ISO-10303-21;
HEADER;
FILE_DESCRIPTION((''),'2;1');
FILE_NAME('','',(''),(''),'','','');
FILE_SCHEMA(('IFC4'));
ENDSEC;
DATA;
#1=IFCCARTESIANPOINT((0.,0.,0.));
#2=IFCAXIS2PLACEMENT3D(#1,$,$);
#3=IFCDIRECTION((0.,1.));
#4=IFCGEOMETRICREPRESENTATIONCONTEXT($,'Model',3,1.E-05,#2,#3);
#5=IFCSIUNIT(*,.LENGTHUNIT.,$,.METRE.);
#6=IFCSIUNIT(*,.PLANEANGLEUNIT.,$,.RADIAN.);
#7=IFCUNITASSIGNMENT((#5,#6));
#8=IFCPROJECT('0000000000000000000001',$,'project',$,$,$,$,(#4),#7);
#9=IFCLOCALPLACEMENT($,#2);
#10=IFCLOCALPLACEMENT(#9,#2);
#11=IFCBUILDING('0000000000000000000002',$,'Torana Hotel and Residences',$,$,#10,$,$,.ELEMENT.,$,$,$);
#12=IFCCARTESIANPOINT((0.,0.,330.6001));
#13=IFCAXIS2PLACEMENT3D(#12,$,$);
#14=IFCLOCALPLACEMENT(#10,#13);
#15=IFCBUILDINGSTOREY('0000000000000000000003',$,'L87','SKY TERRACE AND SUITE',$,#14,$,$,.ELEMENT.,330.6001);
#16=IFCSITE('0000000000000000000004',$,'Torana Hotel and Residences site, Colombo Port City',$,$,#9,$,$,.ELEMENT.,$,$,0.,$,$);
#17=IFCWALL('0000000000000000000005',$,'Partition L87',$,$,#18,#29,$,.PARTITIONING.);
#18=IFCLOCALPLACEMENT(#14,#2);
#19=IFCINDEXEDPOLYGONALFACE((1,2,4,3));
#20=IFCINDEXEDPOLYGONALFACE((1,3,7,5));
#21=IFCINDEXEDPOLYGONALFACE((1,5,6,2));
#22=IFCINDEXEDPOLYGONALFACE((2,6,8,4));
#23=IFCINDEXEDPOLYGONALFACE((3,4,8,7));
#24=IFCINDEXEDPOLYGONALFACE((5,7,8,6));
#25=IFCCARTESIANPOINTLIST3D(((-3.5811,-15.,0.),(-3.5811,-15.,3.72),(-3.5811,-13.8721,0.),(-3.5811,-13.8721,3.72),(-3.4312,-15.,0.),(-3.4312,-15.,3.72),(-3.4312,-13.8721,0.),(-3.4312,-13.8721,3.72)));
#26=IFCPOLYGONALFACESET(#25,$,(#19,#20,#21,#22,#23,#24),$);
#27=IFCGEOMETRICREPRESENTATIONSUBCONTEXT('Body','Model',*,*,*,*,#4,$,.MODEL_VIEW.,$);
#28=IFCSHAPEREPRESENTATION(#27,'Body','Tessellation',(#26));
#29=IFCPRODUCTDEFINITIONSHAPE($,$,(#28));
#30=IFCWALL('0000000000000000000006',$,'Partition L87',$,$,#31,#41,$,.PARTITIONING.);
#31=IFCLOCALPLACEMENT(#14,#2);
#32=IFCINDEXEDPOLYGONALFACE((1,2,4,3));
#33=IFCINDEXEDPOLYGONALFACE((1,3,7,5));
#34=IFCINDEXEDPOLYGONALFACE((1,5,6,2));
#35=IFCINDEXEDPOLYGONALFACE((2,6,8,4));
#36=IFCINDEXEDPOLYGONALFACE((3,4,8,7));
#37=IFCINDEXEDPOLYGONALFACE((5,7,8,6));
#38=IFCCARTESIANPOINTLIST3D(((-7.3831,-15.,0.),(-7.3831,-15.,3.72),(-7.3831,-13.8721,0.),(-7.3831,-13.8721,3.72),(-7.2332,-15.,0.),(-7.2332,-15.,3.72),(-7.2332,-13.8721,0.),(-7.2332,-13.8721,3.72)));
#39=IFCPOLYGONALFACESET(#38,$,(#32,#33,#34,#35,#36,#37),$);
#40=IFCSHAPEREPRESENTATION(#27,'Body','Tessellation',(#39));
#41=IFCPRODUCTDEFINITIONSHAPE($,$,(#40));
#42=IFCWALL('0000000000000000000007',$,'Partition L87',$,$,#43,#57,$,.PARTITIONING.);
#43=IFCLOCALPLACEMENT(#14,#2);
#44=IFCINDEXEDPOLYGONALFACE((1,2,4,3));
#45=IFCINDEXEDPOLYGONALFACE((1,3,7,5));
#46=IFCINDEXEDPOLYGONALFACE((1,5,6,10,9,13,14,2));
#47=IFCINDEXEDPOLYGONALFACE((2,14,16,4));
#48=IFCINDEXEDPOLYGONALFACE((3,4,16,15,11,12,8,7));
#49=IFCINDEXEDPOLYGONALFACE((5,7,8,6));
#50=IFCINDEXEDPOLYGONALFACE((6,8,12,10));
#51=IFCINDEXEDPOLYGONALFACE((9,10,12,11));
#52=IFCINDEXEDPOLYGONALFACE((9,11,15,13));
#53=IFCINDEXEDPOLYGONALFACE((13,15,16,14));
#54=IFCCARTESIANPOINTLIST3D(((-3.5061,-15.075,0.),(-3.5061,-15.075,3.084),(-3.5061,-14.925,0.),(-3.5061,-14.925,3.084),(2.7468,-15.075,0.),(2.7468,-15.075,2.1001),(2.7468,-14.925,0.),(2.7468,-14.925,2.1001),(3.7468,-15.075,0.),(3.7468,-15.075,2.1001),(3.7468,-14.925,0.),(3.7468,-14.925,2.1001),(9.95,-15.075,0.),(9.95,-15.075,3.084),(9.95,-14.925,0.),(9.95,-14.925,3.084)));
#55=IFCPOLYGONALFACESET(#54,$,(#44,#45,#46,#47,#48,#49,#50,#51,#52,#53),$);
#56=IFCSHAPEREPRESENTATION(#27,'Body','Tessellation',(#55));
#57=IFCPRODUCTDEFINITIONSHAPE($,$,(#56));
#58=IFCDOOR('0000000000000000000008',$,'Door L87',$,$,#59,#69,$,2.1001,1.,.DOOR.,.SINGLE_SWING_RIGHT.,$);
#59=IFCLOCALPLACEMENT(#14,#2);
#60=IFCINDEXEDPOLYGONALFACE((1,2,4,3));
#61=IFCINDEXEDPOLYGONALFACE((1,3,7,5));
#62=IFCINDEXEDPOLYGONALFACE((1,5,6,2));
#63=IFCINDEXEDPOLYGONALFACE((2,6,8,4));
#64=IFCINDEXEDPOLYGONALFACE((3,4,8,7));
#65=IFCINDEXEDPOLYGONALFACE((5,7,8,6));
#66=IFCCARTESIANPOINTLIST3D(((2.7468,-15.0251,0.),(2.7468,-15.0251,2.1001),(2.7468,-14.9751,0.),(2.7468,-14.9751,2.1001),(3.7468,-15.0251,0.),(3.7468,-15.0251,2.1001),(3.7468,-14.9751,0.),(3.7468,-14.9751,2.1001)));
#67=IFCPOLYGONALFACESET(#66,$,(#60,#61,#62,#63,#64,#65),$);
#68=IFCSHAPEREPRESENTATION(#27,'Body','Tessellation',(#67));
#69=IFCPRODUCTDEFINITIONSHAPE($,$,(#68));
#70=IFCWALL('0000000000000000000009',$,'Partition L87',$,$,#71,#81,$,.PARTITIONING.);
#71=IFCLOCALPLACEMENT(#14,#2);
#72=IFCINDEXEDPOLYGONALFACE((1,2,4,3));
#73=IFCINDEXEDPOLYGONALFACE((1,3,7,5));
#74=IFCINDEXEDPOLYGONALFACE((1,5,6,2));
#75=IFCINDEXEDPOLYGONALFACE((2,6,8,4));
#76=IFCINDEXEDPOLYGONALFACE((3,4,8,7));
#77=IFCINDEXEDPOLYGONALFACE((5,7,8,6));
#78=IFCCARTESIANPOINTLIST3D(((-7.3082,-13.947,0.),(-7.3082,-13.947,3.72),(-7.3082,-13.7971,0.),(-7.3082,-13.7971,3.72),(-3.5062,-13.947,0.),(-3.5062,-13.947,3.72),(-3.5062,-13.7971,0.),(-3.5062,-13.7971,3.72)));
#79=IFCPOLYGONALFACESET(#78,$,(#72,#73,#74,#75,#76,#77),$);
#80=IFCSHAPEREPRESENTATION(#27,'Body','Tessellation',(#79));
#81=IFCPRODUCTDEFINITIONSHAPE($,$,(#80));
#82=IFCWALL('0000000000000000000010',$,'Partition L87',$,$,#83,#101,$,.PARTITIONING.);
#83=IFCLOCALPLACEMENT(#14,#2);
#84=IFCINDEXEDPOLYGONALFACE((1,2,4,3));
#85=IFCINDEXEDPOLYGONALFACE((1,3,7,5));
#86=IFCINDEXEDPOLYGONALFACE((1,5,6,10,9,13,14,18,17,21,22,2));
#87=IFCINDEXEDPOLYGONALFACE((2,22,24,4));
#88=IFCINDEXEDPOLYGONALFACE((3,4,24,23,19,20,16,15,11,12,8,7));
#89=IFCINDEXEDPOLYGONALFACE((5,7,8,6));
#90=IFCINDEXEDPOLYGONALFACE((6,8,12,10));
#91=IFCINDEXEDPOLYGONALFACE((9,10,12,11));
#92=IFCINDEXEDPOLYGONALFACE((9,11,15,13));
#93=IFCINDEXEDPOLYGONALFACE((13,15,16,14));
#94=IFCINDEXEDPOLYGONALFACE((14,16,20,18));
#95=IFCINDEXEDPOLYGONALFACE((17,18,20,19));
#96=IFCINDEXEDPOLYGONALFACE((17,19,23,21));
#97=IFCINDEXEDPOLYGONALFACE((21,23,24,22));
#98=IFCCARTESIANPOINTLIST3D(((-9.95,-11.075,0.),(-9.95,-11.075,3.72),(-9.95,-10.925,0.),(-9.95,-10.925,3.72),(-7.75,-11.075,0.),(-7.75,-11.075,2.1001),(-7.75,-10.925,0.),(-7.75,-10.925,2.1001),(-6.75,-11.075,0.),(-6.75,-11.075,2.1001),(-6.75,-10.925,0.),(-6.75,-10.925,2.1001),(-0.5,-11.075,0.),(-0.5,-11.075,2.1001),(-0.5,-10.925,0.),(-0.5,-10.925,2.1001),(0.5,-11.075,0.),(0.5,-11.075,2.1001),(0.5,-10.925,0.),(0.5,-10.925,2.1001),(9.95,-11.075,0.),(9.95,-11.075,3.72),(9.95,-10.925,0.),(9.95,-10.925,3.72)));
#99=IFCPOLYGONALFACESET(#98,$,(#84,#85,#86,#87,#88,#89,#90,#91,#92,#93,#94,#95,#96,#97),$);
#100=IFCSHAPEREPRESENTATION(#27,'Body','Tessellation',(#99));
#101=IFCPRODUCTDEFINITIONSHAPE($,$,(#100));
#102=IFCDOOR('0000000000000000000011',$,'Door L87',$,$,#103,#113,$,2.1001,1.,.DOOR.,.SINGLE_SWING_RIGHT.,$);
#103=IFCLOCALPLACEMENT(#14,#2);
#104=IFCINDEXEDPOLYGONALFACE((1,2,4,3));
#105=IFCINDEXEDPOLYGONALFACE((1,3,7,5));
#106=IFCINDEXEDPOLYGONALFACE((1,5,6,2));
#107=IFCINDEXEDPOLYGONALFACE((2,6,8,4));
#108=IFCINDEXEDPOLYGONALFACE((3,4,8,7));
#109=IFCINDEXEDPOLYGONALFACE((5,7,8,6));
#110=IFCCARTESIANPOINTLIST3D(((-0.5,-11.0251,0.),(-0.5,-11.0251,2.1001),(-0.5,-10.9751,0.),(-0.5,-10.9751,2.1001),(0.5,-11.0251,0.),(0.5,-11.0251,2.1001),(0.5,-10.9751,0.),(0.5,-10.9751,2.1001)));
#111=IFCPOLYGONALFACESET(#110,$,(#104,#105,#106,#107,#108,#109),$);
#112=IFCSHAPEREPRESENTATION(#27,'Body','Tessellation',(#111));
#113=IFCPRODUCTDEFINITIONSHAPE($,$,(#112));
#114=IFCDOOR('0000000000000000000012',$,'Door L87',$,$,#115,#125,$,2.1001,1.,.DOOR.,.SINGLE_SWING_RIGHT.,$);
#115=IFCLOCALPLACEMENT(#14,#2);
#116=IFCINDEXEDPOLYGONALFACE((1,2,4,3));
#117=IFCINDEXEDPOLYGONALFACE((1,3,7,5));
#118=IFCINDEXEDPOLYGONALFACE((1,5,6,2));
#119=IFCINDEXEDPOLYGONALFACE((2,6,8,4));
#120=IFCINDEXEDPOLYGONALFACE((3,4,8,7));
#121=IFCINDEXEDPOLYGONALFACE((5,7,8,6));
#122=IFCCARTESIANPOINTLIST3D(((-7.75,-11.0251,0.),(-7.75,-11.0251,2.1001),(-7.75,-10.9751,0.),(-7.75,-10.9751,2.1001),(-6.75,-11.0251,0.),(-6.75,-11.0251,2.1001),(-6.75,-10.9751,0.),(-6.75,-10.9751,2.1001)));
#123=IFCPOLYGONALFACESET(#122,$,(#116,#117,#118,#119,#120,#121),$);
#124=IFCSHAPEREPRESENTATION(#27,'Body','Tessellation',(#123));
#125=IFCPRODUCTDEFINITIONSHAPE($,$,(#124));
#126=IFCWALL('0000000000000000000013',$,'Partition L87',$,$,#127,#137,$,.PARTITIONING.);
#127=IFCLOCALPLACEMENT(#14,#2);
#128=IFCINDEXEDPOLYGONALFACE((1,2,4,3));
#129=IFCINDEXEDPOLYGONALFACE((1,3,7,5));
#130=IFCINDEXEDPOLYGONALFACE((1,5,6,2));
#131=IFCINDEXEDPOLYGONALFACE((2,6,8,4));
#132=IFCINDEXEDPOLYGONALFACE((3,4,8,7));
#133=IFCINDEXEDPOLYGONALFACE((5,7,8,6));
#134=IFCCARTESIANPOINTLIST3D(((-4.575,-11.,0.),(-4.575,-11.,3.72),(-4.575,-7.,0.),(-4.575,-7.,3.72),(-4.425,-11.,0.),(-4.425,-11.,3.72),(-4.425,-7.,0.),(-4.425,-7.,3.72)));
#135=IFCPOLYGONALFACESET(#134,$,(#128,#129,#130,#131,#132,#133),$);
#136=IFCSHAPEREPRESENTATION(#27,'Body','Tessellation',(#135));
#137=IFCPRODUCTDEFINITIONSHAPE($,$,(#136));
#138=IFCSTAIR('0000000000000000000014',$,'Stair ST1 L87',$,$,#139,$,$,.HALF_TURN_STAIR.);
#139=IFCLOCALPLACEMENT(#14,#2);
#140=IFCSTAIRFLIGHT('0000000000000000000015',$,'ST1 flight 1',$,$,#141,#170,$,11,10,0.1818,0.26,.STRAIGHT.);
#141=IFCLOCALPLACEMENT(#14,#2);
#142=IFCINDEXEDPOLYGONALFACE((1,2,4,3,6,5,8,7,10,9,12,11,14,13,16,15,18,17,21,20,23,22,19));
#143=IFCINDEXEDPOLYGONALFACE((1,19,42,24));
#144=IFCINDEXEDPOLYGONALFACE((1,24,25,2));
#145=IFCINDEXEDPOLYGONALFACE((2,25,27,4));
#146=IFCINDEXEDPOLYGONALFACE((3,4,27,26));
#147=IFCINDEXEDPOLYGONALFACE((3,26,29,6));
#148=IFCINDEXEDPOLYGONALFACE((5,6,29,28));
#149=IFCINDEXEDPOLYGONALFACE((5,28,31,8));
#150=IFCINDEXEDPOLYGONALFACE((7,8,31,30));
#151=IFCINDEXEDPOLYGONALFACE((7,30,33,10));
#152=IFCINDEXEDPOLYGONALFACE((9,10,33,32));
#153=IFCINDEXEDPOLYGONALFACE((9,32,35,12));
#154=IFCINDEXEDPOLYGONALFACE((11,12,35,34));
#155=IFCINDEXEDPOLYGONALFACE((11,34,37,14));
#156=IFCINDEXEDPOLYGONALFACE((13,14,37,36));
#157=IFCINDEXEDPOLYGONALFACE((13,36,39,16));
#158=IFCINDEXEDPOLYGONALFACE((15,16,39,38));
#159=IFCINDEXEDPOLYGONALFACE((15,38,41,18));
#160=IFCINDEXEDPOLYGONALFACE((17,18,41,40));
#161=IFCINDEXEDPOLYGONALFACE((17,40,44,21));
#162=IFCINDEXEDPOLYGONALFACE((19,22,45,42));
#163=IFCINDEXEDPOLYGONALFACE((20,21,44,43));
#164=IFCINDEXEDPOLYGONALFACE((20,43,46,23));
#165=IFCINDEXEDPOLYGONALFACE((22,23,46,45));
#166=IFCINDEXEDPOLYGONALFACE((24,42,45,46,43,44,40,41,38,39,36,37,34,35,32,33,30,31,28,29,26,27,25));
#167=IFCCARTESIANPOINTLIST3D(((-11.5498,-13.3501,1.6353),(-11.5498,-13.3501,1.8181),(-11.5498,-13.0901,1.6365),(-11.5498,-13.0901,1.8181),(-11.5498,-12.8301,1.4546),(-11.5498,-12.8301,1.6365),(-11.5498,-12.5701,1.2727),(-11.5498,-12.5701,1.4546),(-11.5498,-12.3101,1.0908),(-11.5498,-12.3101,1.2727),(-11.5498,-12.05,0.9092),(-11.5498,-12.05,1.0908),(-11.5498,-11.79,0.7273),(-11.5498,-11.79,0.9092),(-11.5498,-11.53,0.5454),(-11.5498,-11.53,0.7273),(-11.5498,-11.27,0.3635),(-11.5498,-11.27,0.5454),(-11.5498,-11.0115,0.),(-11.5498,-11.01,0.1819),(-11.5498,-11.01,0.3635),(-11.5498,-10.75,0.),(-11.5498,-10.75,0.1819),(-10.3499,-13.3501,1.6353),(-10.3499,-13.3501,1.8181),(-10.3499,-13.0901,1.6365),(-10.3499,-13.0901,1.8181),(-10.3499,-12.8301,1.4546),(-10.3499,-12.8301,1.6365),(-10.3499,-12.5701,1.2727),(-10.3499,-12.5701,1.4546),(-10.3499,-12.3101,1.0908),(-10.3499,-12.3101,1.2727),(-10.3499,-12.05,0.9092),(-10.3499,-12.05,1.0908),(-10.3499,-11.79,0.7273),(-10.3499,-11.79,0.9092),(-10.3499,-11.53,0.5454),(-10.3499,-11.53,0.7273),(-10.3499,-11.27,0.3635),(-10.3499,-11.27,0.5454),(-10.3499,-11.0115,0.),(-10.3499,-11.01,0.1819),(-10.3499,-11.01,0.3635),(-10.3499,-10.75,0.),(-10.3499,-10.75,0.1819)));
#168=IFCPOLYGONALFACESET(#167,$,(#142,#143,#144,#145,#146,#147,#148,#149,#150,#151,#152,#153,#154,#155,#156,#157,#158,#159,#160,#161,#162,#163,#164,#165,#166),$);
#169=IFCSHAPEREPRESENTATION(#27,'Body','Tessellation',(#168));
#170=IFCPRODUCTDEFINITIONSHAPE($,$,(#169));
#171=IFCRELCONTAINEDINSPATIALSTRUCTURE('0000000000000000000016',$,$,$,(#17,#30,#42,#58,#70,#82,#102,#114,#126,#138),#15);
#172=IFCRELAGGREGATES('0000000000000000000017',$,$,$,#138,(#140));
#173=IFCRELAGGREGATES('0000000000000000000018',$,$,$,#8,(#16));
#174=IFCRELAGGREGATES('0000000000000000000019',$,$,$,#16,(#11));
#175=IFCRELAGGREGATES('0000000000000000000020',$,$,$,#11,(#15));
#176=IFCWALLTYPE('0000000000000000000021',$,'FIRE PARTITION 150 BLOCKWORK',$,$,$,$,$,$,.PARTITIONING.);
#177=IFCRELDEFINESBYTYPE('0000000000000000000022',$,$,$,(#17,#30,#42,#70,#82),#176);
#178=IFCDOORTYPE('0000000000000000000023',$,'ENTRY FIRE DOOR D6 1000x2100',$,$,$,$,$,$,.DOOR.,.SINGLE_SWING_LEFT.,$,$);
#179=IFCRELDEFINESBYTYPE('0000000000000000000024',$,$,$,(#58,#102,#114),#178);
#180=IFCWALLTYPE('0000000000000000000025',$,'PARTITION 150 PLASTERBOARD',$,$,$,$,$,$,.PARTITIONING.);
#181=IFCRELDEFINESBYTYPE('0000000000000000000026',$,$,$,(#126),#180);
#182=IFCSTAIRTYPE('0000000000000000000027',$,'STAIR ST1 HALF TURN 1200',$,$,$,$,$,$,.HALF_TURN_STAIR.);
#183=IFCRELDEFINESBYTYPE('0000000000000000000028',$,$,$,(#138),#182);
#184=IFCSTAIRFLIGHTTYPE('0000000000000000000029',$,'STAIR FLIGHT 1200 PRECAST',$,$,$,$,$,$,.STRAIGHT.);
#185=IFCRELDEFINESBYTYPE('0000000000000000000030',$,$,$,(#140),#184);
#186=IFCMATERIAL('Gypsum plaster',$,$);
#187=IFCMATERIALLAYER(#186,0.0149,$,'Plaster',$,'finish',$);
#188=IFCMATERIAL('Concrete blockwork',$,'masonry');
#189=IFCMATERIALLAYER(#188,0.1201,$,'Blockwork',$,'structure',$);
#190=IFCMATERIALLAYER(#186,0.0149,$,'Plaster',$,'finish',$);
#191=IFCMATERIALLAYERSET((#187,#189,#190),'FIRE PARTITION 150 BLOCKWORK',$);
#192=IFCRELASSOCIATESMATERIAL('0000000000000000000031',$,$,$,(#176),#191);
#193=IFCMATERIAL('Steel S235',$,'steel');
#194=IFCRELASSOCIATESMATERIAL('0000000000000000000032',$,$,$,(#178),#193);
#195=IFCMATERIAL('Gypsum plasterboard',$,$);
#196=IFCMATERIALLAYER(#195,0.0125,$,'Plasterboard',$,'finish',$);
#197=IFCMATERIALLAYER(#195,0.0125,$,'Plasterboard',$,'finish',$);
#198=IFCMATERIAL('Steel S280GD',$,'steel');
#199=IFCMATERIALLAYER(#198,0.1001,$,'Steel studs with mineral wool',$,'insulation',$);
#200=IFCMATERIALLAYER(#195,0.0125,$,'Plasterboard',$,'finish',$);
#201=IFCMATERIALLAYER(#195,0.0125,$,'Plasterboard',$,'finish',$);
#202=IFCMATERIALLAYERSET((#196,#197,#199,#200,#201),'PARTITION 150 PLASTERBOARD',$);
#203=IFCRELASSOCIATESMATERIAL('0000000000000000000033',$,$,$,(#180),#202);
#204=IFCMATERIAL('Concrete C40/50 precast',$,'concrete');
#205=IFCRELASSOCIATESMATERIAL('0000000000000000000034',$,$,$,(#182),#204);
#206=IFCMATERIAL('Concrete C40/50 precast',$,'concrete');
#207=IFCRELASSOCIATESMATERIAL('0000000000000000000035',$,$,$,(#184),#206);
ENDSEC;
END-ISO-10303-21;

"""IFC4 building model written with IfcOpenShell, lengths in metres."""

from ifc_helpers import new_model, si_unit, direction, frame, frame_2d, origin, place, context, subcontext, project, spatial, polyline, rectangle, outline, extrude, material, layer, layer_set, type_object, element, fill, aggregate, save


model = new_model("IFC4")

# Units and contexts
model_context = context("Model", 3, precision=1e-05, world=origin(), true_north=direction((0.0, 1.0)))
body_context = subcontext(model_context, "Body", "Model", "MODEL_VIEW")
ifc_project = project(units=[si_unit("LENGTHUNIT", "METRE"), si_unit("PLANEANGLEUNIT", "RADIAN")], contexts=[model_context])

# Site, building, storey
site_placement = place(None, origin())
site = spatial("IfcSite", under=ifc_project, at=site_placement, Name="Torana Hotel and Residences site, Colombo Port City", CompositionType="ELEMENT", RefElevation=0.0)
building_placement = place(site_placement, origin())
building = spatial("IfcBuilding", under=site, at=building_placement, Name="Torana Hotel and Residences", CompositionType="ELEMENT")
storey_placement = place(building_placement, frame((0.0, 0.0, 330.6001)))
storey = spatial("IfcBuildingStorey", under=building, at=storey_placement, Name="L87", Description="SKY TERRACE AND SUITE", CompositionType="ELEMENT", Elevation=330.6001)

# Shared definitions
ifc_material_1 = material(Name="Gypsum plaster")
ifc_layer_1 = layer(ifc_material_1, 0.0149, Name="Plaster", Category="finish")
ifc_material_2 = material(Name="Concrete blockwork", Category="masonry")
ifc_layer_2 = layer(ifc_material_2, 0.1201, Name="Blockwork", Category="structure")
ifc_layer_3 = layer(ifc_material_1, 0.0149, Name="Plaster", Category="finish")
ifc_layer_set_1 = layer_set([ifc_layer_1, ifc_layer_2, ifc_layer_3], Name="FIRE PARTITION 150 BLOCKWORK")
wall_type_1 = type_object("IfcWallType", Name="FIRE PARTITION 150 BLOCKWORK", PredefinedType="PARTITIONING", material=ifc_layer_set_1)
ifc_material_3 = material(Name="Steel S235", Category="steel")
door_type_1 = type_object("IfcDoorType", Name="ENTRY FIRE DOOR D6 1000x2100", OperationType="SINGLE_SWING_LEFT", PredefinedType="DOOR", material=ifc_material_3)

# Walls
for number, where, z_axis, x_axis, name in (
    (1, (-3.5061, -15.0, 0.0), (0.0, 0.0, 1.0), (0.0, 1.0, 0.0), "Partition L87"),
    (2, (-7.3081, -15.0, 0.0), (0.0, 0.0, 1.0), (0.0, 1.0, 0.0), "Partition L87"),
):
    element("IfcWall", number, at=place(storey_placement, frame(where, z_axis=z_axis, x_axis=x_axis)), inside=storey, type_object=wall_type_1, Name=name, PredefinedType="PARTITIONING", context=body_context, shape_type="SweptSolid", body=[
        extrude(rectangle(XDim=1.1279, YDim=0.1499, at=frame_2d((0.564, 0.0))), origin(), (0.0, 0.0, 1.0), 3.72),
    ])

# Wall, opening, door
wall_1_placement = place(storey_placement, frame((-3.5061, -15.0, 0.0), z_axis=(0.0, 0.0, 1.0), x_axis=(1.0, 0.0, 0.0)))
wall_1 = element("IfcWall", 3, at=wall_1_placement, inside=storey, type_object=wall_type_1, Name="Partition L87", PredefinedType="PARTITIONING", context=body_context, shape_type="SweptSolid", body=[
    extrude(rectangle(XDim=13.4561, YDim=0.1499, at=frame_2d((6.728, 0.0))), origin(), (0.0, 0.0, 1.0), 3.084),
])
opening_1_placement = place(wall_1_placement, frame((6.2529, 0.0, 0.0)))
opening_1 = element("IfcOpeningElement", 4, at=opening_1_placement, cuts=wall_1, PredefinedType="OPENING", context=body_context, shape_type="SweptSolid", body=[
    extrude(rectangle(XDim=1.0, YDim=2.1001, at=frame_2d((0.5, 1.05))), frame((0.0, 0.085, 0.0), z_axis=(0.0, -1.0, 0.0), x_axis=(1.0, 0.0, 0.0)), (0.0, 0.0, 1.0), 0.1699),
])
door_1_placement = place(opening_1_placement, origin())
door_1 = element("IfcDoor", 5, at=door_1_placement, inside=storey, type_object=door_type_1, Name="Door L87", OperationType="SINGLE_SWING_RIGHT", OverallHeight=2.1001, OverallWidth=1.0, PredefinedType="DOOR", context=body_context, shape_type="SweptSolid", body=[
    extrude(rectangle(XDim=1.0, YDim=2.1001, at=frame_2d((0.5, 1.05))), frame((0.0, 0.0249, 0.0), z_axis=(0.0, -1.0, 0.0), x_axis=(1.0, 0.0, 0.0)), (0.0, 0.0, 1.0), 0.05),
])
fill(opening_1, door_1)

# Wall
wall_2_placement = place(storey_placement, frame((-7.3081, -13.8721, 0.0), z_axis=(0.0, 0.0, 1.0), x_axis=(1.0, 0.0, 0.0)))
element("IfcWall", 6, at=wall_2_placement, inside=storey, type_object=wall_type_1, Name="Partition L87", PredefinedType="PARTITIONING", context=body_context, shape_type="SweptSolid", body=[
    extrude(rectangle(XDim=3.802, YDim=0.1499, at=frame_2d((1.9009, 0.0))), origin(), (0.0, 0.0, 1.0), 3.72),
])

# Wall, openings, doors
wall_3_placement = place(storey_placement, frame((-9.95, -11.0, 0.0), z_axis=(0.0, 0.0, 1.0), x_axis=(1.0, 0.0, 0.0)))
wall_3 = element("IfcWall", 7, at=wall_3_placement, inside=storey, type_object=wall_type_1, Name="Partition L87", PredefinedType="PARTITIONING", context=body_context, shape_type="SweptSolid", body=[
    extrude(rectangle(XDim=19.8999, YDim=0.1499, at=frame_2d((9.95, 0.0))), origin(), (0.0, 0.0, 1.0), 3.72),
])
opening_2_placement = place(wall_3_placement, frame((9.45, 0.0, 0.0)))
opening_2 = element("IfcOpeningElement", 8, at=opening_2_placement, cuts=wall_3, PredefinedType="OPENING", context=body_context, shape_type="SweptSolid", body=[
    extrude(rectangle(XDim=1.0, YDim=2.1001, at=frame_2d((0.5, 1.05))), frame((0.0, 0.085, 0.0), z_axis=(0.0, -1.0, 0.0), x_axis=(1.0, 0.0, 0.0)), (0.0, 0.0, 1.0), 0.1699),
])
opening_3_placement = place(wall_3_placement, frame((2.2, 0.0, 0.0)))
opening_3 = element("IfcOpeningElement", 9, at=opening_3_placement, cuts=wall_3, PredefinedType="OPENING", context=body_context, shape_type="SweptSolid", body=[
    extrude(rectangle(XDim=1.0, YDim=2.1001, at=frame_2d((0.5, 1.05))), frame((0.0, 0.085, 0.0), z_axis=(0.0, -1.0, 0.0), x_axis=(1.0, 0.0, 0.0)), (0.0, 0.0, 1.0), 0.1699),
])
door_2_placement = place(opening_2_placement, origin())
door_2 = element("IfcDoor", 10, at=door_2_placement, inside=storey, type_object=door_type_1, Name="Door L87", OperationType="SINGLE_SWING_RIGHT", OverallHeight=2.1001, OverallWidth=1.0, PredefinedType="DOOR", context=body_context, shape_type="SweptSolid", body=[
    extrude(rectangle(XDim=1.0, YDim=2.1001, at=frame_2d((0.5, 1.05))), frame((0.0, 0.0249, 0.0), z_axis=(0.0, -1.0, 0.0), x_axis=(1.0, 0.0, 0.0)), (0.0, 0.0, 1.0), 0.05),
])
fill(opening_2, door_2)
door_3_placement = place(opening_3_placement, origin())
door_3 = element("IfcDoor", 11, at=door_3_placement, inside=storey, type_object=door_type_1, Name="Door L87", OperationType="SINGLE_SWING_RIGHT", OverallHeight=2.1001, OverallWidth=1.0, PredefinedType="DOOR", context=body_context, shape_type="SweptSolid", body=[
    extrude(rectangle(XDim=1.0, YDim=2.1001, at=frame_2d((0.5, 1.05))), frame((0.0, 0.0249, 0.0), z_axis=(0.0, -1.0, 0.0), x_axis=(1.0, 0.0, 0.0)), (0.0, 0.0, 1.0), 0.05),
])
fill(opening_3, door_3)

# Wall
ifc_material_4 = material(Name="Gypsum plasterboard")
ifc_layer_4 = layer(ifc_material_4, 0.0125, Name="Plasterboard", Category="finish")
ifc_layer_5 = layer(ifc_material_4, 0.0125, Name="Plasterboard", Category="finish")
ifc_material_5 = material(Name="Steel S280GD", Category="steel")
ifc_layer_6 = layer(ifc_material_5, 0.1001, Name="Steel studs with mineral wool", Category="insulation")
ifc_layer_7 = layer(ifc_material_4, 0.0125, Name="Plasterboard", Category="finish")
ifc_layer_8 = layer(ifc_material_4, 0.0125, Name="Plasterboard", Category="finish")
ifc_layer_set_2 = layer_set([ifc_layer_4, ifc_layer_5, ifc_layer_6, ifc_layer_7, ifc_layer_8], Name="PARTITION 150 PLASTERBOARD")
wall_type_2 = type_object("IfcWallType", Name="PARTITION 150 PLASTERBOARD", PredefinedType="PARTITIONING", material=ifc_layer_set_2)
wall_4_placement = place(storey_placement, frame((-4.5, -11.0, 0.0), z_axis=(0.0, 0.0, 1.0), x_axis=(0.0, 1.0, 0.0)))
element("IfcWall", 12, at=wall_4_placement, inside=storey, type_object=wall_type_2, Name="Partition L87", PredefinedType="PARTITIONING", context=body_context, shape_type="SweptSolid", body=[
    extrude(rectangle(XDim=4.0, YDim=0.1499, at=frame_2d((2.0, 0.0))), origin(), (0.0, 0.0, 1.0), 3.72),
])

# Stair, stair flight
ifc_material_6 = material(Name="Concrete C40/50 precast", Category="concrete")
stair_type = type_object("IfcStairType", Name="STAIR ST1 HALF TURN 1200", PredefinedType="HALF_TURN_STAIR", material=ifc_material_6)
stair_placement = place(storey_placement, origin())
stair = element("IfcStair", 13, at=stair_placement, inside=storey, type_object=stair_type, Name="Stair ST1 L87", PredefinedType="HALF_TURN_STAIR")
ifc_material_7 = material(Name="Concrete C40/50 precast", Category="concrete")
stair_flight_type = type_object("IfcStairFlightType", Name="STAIR FLIGHT 1200 PRECAST", PredefinedType="STRAIGHT", material=ifc_material_7)
stair_flight_1_placement = place(storey_placement, frame((-10.95, -10.75, 0.0), z_axis=(0.0, 0.0, 1.0), x_axis=(0.0, -1.0, 0.0)))
stair_flight_1 = element("IfcStairFlight", 14, at=stair_flight_1_placement, type_object=stair_flight_type, Name="ST1 flight 1", NumberOfRisers=11, NumberOfTreads=10, PredefinedType="STRAIGHT", RiserHeight=0.1818, TreadLength=0.26, context=body_context, shape_type="SweptSolid", body=[
    extrude(outline(polyline([(0.0, 0.0), (0.0, 0.1819), (0.26, 0.1819), (0.26, 0.3635), (0.52, 0.3635), (0.52, 0.5454), (0.78, 0.5454), (0.78, 0.7273), (1.04, 0.7273), (1.04, 0.9092), (1.3, 0.9092), (1.3, 1.0908), (1.5601, 1.0908), (1.5601, 1.2727), (1.8201, 1.2727), (1.8201, 1.4546), (2.0801, 1.4546), (2.0801, 1.6365), (2.3401, 1.6365), (2.3401, 1.8181), (2.6001, 1.8181), (2.6001, 2.0), (2.6001, 1.6353), (0.2615, 0.0), (0.0, 0.0)])), frame((0.0, 0.6001, 0.0), z_axis=(0.0, -1.0, 0.0), x_axis=(1.0, 0.0, 0.0)), (0.0, 0.0, 1.0), 1.2),
])
aggregate(stair, [stair_flight_1])

save(model, "model.ifc")
